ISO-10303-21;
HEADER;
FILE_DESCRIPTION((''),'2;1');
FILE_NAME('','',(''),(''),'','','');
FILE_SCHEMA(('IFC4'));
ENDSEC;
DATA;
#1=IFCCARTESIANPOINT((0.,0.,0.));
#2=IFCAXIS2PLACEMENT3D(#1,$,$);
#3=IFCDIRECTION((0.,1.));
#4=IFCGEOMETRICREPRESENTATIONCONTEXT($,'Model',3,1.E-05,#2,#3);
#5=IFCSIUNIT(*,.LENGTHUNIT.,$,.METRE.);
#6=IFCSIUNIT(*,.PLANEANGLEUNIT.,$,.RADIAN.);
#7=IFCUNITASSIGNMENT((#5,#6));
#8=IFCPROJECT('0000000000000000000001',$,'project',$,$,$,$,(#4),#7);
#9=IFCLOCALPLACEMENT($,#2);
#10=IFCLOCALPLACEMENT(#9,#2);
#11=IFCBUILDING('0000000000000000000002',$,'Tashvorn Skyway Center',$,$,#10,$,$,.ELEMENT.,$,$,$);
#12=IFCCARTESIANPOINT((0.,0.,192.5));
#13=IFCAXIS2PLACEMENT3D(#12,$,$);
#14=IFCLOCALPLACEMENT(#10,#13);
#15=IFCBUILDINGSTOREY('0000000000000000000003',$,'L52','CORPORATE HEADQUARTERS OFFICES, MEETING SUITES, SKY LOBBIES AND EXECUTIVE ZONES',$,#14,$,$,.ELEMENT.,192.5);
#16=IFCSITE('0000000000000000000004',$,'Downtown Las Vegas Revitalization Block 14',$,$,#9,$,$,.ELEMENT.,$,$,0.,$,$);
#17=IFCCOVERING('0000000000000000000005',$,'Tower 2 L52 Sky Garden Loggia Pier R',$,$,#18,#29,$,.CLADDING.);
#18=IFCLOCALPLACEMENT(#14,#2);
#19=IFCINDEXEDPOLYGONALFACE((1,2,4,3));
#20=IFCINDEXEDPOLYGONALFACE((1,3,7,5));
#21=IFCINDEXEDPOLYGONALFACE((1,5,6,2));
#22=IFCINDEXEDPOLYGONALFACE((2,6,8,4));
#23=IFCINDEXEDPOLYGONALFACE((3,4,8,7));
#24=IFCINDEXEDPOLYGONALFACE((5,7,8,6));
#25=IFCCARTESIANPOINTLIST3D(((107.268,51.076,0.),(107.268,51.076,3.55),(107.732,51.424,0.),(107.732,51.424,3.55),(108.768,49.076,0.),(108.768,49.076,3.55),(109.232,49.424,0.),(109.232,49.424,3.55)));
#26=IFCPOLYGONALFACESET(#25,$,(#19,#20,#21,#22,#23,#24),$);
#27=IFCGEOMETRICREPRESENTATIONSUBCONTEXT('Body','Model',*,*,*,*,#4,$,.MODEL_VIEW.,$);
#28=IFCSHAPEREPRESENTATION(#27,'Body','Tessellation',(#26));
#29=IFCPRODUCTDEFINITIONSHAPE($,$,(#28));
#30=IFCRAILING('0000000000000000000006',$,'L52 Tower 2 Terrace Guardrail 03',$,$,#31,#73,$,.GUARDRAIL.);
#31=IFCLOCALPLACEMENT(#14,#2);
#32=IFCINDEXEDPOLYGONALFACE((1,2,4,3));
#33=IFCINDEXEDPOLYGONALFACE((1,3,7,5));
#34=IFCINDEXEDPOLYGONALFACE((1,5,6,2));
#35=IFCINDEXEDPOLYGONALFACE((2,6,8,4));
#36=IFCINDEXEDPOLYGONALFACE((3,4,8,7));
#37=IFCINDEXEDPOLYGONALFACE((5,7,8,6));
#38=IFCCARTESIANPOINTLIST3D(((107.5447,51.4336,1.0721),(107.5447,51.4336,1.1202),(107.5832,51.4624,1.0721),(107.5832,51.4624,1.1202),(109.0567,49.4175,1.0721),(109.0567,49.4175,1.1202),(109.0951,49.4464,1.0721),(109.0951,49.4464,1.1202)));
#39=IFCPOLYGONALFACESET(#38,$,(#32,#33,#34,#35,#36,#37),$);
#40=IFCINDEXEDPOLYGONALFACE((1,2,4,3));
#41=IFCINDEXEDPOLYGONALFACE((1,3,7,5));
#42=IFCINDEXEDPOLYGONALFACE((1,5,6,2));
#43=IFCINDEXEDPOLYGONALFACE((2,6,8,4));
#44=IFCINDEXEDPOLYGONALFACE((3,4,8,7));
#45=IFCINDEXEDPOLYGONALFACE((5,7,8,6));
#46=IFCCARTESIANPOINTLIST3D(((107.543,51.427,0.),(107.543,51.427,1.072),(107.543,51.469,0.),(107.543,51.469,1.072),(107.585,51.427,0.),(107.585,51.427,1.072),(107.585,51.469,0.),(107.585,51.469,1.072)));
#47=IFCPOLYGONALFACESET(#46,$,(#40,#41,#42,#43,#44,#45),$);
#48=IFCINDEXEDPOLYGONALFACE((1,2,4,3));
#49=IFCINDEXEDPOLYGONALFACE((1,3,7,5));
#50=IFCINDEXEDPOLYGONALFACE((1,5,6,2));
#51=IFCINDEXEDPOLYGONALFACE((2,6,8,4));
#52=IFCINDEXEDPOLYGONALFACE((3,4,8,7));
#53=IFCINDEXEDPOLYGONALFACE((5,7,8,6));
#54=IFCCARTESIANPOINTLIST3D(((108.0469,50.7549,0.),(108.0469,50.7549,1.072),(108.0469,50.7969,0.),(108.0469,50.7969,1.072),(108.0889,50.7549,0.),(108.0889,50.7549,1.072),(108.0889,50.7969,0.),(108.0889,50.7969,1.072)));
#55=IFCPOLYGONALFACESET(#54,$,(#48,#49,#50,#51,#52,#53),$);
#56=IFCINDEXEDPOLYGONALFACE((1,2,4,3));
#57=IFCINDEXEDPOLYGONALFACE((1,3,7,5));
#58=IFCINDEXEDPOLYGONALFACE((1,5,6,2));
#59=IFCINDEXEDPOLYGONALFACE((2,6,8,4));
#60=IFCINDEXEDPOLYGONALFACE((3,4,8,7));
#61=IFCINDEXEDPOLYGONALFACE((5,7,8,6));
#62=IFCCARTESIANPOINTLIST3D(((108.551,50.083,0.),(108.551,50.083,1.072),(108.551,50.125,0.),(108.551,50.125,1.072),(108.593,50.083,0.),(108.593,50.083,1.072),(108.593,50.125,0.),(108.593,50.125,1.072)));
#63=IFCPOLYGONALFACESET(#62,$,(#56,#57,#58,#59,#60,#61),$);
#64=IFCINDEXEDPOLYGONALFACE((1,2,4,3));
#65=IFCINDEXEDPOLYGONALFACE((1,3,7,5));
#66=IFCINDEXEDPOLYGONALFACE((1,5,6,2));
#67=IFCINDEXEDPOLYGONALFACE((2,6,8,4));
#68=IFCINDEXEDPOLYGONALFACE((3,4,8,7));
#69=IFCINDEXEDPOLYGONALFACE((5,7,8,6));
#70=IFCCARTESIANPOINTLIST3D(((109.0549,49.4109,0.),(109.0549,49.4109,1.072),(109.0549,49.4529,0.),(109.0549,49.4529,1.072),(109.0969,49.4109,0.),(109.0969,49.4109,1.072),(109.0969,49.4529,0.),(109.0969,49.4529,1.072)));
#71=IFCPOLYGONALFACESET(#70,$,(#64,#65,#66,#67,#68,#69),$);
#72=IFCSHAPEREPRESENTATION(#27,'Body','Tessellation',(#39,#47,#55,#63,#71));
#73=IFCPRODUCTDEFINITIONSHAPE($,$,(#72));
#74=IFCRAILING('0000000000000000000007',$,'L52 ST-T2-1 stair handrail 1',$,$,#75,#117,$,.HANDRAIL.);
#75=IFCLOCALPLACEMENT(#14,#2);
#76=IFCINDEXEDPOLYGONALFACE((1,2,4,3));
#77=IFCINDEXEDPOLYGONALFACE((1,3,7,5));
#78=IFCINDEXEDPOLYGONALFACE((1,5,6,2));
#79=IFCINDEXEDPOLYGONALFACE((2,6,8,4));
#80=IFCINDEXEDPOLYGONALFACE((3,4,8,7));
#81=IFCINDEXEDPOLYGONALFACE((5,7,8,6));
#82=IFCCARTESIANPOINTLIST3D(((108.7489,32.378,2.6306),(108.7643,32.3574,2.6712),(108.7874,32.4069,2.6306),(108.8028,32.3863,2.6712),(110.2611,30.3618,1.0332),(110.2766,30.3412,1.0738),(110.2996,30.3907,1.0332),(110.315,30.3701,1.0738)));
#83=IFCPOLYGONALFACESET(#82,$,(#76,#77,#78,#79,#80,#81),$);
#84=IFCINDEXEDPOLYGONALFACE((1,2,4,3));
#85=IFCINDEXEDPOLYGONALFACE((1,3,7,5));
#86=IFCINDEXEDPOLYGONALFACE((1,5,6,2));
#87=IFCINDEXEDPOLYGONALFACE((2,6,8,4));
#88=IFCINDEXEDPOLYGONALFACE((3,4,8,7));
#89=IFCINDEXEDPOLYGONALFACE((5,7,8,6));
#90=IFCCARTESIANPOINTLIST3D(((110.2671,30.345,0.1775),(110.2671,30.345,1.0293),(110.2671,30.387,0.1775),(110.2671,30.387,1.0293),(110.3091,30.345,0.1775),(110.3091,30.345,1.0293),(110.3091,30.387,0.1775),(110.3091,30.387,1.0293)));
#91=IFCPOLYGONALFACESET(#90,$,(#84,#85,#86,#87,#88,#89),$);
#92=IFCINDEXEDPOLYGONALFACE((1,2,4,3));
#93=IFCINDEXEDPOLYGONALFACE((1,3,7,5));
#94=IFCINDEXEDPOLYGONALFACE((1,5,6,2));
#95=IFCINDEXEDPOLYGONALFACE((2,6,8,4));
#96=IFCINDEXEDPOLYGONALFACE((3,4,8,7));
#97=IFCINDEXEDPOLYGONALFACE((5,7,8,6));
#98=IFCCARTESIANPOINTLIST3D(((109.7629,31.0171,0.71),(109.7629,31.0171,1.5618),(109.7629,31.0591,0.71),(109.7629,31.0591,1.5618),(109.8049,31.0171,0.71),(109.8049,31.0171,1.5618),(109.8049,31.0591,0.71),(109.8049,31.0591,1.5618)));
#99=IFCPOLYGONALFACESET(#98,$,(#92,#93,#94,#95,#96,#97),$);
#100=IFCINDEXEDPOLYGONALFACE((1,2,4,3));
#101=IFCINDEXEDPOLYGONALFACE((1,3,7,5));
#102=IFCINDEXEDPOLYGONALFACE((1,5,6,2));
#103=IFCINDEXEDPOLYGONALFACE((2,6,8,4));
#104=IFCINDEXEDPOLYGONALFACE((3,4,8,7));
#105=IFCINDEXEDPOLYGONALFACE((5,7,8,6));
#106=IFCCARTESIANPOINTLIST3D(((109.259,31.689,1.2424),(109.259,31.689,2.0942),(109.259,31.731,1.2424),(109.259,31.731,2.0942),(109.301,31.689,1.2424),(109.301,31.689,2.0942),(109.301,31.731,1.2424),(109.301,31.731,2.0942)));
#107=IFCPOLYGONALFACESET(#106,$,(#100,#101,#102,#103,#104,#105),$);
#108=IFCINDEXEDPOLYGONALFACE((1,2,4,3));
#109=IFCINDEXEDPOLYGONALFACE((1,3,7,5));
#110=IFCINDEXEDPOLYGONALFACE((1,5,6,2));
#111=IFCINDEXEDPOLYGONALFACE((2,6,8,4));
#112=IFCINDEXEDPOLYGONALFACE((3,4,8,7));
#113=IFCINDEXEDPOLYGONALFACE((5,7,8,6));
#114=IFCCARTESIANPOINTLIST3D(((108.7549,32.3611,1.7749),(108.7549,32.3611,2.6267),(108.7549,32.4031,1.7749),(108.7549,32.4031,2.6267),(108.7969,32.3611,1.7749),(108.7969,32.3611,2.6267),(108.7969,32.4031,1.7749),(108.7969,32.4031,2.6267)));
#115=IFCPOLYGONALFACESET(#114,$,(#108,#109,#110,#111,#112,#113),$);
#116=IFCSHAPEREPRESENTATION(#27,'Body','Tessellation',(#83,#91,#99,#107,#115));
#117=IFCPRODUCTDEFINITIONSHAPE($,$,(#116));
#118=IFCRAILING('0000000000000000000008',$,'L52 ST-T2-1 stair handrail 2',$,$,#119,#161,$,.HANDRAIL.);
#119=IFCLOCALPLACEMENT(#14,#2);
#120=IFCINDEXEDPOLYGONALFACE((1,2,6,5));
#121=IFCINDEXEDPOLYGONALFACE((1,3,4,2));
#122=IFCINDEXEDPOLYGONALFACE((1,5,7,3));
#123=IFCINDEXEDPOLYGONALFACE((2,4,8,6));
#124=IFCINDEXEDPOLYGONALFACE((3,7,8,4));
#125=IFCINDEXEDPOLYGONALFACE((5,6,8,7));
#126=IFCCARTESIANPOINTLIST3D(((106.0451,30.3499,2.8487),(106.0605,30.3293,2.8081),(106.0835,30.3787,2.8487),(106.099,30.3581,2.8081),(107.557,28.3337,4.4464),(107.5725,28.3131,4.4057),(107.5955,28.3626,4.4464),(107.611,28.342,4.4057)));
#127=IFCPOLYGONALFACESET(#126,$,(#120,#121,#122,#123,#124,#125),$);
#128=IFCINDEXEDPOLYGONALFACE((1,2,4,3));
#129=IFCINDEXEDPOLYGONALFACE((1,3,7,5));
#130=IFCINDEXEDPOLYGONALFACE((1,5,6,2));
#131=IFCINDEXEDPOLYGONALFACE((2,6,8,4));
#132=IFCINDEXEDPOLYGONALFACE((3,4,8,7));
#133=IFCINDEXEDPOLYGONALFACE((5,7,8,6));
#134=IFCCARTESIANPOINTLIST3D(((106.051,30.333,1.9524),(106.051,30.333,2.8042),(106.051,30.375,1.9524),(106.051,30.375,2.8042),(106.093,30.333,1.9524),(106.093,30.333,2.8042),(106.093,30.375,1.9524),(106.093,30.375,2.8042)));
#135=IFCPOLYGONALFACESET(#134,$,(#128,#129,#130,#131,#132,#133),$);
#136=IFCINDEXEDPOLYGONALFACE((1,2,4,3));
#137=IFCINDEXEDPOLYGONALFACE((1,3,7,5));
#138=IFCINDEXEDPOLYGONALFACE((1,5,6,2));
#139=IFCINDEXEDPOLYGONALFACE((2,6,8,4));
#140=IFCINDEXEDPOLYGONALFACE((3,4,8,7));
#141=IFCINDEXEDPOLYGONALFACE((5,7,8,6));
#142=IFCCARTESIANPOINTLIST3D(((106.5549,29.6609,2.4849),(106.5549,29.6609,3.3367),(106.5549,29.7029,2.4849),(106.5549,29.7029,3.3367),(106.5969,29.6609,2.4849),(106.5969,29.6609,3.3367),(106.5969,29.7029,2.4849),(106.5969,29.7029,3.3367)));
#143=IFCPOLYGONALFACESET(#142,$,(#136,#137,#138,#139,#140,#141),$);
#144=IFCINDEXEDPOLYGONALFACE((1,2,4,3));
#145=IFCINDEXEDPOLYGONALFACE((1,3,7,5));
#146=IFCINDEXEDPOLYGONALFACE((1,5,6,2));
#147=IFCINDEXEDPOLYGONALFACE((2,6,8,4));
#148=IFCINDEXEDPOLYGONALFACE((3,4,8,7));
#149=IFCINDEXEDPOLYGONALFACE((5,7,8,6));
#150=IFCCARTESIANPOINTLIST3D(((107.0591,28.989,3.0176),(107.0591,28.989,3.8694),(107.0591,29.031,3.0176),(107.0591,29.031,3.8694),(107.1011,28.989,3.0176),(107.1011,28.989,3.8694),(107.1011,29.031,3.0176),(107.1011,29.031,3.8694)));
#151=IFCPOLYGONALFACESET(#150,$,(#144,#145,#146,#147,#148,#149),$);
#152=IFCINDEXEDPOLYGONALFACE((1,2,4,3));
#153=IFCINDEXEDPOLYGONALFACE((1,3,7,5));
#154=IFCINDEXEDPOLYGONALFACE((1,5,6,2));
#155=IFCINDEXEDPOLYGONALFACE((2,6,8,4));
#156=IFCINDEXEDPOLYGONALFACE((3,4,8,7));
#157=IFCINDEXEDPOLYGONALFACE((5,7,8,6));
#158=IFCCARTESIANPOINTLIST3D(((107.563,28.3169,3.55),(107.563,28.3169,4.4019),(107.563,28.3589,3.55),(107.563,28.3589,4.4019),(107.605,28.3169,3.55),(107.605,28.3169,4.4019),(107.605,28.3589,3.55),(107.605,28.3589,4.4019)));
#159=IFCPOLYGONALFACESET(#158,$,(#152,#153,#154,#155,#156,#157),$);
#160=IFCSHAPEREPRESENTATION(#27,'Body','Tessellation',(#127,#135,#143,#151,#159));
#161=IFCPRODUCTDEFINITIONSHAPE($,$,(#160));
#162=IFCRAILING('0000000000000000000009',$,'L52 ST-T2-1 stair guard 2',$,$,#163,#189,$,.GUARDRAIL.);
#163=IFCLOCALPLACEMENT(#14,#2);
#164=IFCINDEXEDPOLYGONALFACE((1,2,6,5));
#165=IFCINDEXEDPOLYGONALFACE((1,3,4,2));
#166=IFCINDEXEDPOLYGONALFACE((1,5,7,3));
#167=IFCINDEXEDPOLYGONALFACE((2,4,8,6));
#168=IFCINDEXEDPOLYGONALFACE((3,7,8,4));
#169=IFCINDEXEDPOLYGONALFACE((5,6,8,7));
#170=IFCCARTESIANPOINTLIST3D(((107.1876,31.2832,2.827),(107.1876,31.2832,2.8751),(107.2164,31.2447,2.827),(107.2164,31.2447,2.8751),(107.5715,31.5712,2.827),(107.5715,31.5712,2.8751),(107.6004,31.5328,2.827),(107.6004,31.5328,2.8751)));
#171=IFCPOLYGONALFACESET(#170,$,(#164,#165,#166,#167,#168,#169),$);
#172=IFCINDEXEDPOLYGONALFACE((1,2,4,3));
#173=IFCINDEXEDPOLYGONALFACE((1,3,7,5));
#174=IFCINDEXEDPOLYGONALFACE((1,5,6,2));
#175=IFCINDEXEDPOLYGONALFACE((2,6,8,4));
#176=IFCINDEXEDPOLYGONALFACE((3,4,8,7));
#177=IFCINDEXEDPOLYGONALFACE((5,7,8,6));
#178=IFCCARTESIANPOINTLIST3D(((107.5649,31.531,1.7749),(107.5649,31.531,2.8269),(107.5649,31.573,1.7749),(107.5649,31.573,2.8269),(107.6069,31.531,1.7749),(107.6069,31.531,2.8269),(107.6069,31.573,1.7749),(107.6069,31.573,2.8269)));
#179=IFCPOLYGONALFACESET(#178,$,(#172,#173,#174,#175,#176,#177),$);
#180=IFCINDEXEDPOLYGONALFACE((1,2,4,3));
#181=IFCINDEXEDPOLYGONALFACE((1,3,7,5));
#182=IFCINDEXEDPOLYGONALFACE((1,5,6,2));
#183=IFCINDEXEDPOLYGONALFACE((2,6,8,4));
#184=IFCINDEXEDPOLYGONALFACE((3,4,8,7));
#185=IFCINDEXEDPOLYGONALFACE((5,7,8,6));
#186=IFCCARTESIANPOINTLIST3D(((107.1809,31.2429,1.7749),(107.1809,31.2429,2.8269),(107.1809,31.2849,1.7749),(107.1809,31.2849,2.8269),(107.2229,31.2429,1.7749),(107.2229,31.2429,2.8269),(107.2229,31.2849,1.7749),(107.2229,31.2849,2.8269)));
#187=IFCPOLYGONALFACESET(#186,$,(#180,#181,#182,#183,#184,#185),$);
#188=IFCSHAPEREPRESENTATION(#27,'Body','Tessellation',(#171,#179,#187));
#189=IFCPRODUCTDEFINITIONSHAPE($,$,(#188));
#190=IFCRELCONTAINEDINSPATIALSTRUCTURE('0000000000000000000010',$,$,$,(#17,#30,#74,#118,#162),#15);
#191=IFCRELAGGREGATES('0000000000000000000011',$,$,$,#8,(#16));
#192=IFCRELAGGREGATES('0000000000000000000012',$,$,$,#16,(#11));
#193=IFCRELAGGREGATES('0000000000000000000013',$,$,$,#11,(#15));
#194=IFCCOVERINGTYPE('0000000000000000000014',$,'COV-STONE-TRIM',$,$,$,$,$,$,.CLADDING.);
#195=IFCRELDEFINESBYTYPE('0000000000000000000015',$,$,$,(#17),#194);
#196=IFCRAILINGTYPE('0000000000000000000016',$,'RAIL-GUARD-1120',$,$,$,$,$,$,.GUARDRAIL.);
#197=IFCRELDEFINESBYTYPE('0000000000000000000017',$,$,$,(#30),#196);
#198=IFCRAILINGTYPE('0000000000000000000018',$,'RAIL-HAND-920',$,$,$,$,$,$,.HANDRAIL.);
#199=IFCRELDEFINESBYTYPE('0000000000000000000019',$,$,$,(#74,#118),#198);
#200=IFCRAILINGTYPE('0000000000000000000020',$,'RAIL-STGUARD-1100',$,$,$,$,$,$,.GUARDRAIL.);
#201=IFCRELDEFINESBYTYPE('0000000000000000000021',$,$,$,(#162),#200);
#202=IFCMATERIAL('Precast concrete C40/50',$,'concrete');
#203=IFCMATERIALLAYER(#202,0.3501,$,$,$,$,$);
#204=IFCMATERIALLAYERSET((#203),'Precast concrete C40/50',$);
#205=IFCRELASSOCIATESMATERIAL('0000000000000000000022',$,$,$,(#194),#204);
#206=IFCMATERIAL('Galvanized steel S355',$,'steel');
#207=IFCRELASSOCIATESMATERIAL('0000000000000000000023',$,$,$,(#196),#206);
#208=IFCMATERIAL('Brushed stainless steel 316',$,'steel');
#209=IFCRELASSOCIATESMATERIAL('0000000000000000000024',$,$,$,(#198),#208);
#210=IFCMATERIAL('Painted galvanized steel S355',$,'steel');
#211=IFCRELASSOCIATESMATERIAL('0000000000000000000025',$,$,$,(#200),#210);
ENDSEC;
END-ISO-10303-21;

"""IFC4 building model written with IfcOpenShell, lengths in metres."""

from ifc_helpers import new_model, si_unit, direction, frame, origin, origin_2d, place, context, subcontext, project, spatial, rectangle, extrude, material, layer, layer_set, type_object, element, save


model = new_model("IFC4")

# Units and contexts
model_context = context("Model", 3, precision=1e-05, world=origin(), true_north=direction((0.0, 1.0)))
body_context = subcontext(model_context, "Body", "Model", "MODEL_VIEW")
ifc_project = project(units=[si_unit("LENGTHUNIT", "METRE"), si_unit("PLANEANGLEUNIT", "RADIAN")], contexts=[model_context])

# Site, building, storey
site_placement = place(None, origin())
site = spatial("IfcSite", under=ifc_project, at=site_placement, Name="Downtown Las Vegas Revitalization Block 14", CompositionType="ELEMENT", RefElevation=0.0)
building_placement = place(site_placement, origin())
building = spatial("IfcBuilding", under=site, at=building_placement, Name="Tashvorn Skyway Center", CompositionType="ELEMENT")
storey_placement = place(building_placement, frame((0.0, 0.0, 192.5)))
storey = spatial("IfcBuildingStorey", under=building, at=storey_placement, Name="L52", Description="CORPORATE HEADQUARTERS OFFICES, MEETING SUITES, SKY LOBBIES AND EXECUTIVE ZONES", CompositionType="ELEMENT", Elevation=192.5)

# Covering
ifc_material_1 = material(Name="Precast concrete C40/50", Category="concrete")
ifc_layer_1 = layer(ifc_material_1, 0.3501)
ifc_layer_set_1 = layer_set([ifc_layer_1], Name="Precast concrete C40/50")
covering_type_1 = type_object("IfcCoveringType", Name="COV-STONE-TRIM", PredefinedType="CLADDING", material=ifc_layer_set_1)
covering_placement = place(storey_placement, frame((108.25, 50.25, 0.0), z_axis=(0.0, 0.0, 1.0), x_axis=(0.8, 0.6, 0.0)))
element("IfcCovering", 1, at=covering_placement, inside=storey, type_object=covering_type_1, Name="Tower 2 L52 Sky Garden Loggia Pier R", PredefinedType="CLADDING", context=body_context, shape_type="SweptSolid", body=[
    extrude(rectangle(XDim=0.5801, YDim=2.5, at=origin_2d()), origin(), (0.0, 0.0, 1.0), 3.55),
])

# Railings
ifc_material_2 = material(Name="Galvanized steel S355", Category="steel")
railing_type_1 = type_object("IfcRailingType", Name="RAIL-GUARD-1120", PredefinedType="GUARDRAIL", material=ifc_material_2)
railing_1_placement = place(storey_placement, frame((107.564, 51.448, 0.0)))
element("IfcRailing", 2, at=railing_1_placement, inside=storey, type_object=railing_type_1, Name="L52 Tower 2 Terrace Guardrail 03", PredefinedType="GUARDRAIL", context=body_context, shape_type="SweptSolid", body=[
    extrude(rectangle(XDim=0.0481, YDim=0.0481, at=origin_2d()), frame((0.0, 0.0, 1.0962), z_axis=(0.599969, -0.800023, 0.0), x_axis=(0.800023, 0.599969, 0.0)), (0.0, 0.0, 1.0), 2.52),
    extrude(rectangle(XDim=0.042, YDim=0.042, at=origin_2d()), origin(), (0.0, 0.0, 1.0), 1.072),
    extrude(rectangle(XDim=0.042, YDim=0.042, at=origin_2d()), frame((0.5039, -0.6721, 0.0)), (0.0, 0.0, 1.0), 1.072),
    extrude(rectangle(XDim=0.042, YDim=0.042, at=origin_2d()), frame((1.0081, -1.344, 0.0)), (0.0, 0.0, 1.0), 1.072),
    extrude(rectangle(XDim=0.042, YDim=0.042, at=origin_2d()), frame((1.512, -2.0161, 0.0)), (0.0, 0.0, 1.0), 1.072),
])
ifc_material_3 = material(Name="Brushed stainless steel 316", Category="steel")
railing_type_2 = type_object("IfcRailingType", Name="RAIL-HAND-920", PredefinedType="HANDRAIL", material=ifc_material_3)
railing_2_placement = place(storey_placement, frame((110.2881, 30.366, 0.1775)))
element("IfcRailing", 3, at=railing_2_placement, inside=storey, type_object=railing_type_2, Name="L52 ST-T2-1 stair handrail 1", PredefinedType="HANDRAIL", context=body_context, shape_type="SweptSolid", body=[
    extrude(rectangle(XDim=0.0481, YDim=0.0481, at=origin_2d()), frame((0.0, 0.0, 0.876), z_axis=(-0.506802, 0.675681, 0.535357), x_axis=(-0.799977, -0.600031, 0.0)), (0.0, 0.0, 1.0), 2.9839),
    extrude(rectangle(XDim=0.042, YDim=0.042, at=origin_2d()), origin(), (0.0, 0.0, 1.0), 0.8518),
    extrude(rectangle(XDim=0.042, YDim=0.042, at=origin_2d()), frame((-0.5042, 0.6721, 0.5325)), (0.0, 0.0, 1.0), 0.8518),
    extrude(rectangle(XDim=0.042, YDim=0.042, at=origin_2d()), frame((-1.0081, 1.344, 1.0649)), (0.0, 0.0, 1.0), 0.8518),
    extrude(rectangle(XDim=0.042, YDim=0.042, at=origin_2d()), frame((-1.5122, 2.0161, 1.5974)), (0.0, 0.0, 1.0), 0.8518),
])
railing_3_placement = place(storey_placement, frame((106.072, 30.354, 1.9524)))
element("IfcRailing", 4, at=railing_3_placement, inside=storey, type_object=railing_type_2, Name="L52 ST-T2-1 stair handrail 2", PredefinedType="HANDRAIL", context=body_context, shape_type="SweptSolid", body=[
    extrude(rectangle(XDim=0.0481, YDim=0.0481, at=origin_2d()), frame((0.0, 0.0, 0.876), z_axis=(0.506719, -0.675679, 0.535438), x_axis=(0.800023, 0.599969, 0.0)), (0.0, 0.0, 1.0), 2.9839),
    extrude(rectangle(XDim=0.042, YDim=0.042, at=origin_2d()), origin(), (0.0, 0.0, 1.0), 0.8518),
    extrude(rectangle(XDim=0.042, YDim=0.042, at=origin_2d()), frame((0.5039, -0.6721, 0.5325)), (0.0, 0.0, 1.0), 0.8518),
    extrude(rectangle(XDim=0.042, YDim=0.042, at=origin_2d()), frame((1.0081, -1.344, 1.0652)), (0.0, 0.0, 1.0), 0.8518),
    extrude(rectangle(XDim=0.042, YDim=0.042, at=origin_2d()), frame((1.512, -2.0161, 1.5977)), (0.0, 0.0, 1.0), 0.8518),
])
ifc_material_4 = material(Name="Painted galvanized steel S355", Category="steel")
railing_type_3 = type_object("IfcRailingType", Name="RAIL-STGUARD-1100", PredefinedType="GUARDRAIL", material=ifc_material_4)
railing_4_placement = place(storey_placement, frame((107.5859, 31.552, 1.7749)))
element("IfcRailing", 5, at=railing_4_placement, inside=storey, type_object=railing_type_3, Name="L52 ST-T2-1 stair guard 2", PredefinedType="GUARDRAIL", context=body_context, shape_type="SweptSolid", body=[
    extrude(rectangle(XDim=0.0481, YDim=0.0481, at=origin_2d()), frame((0.0, 0.0, 1.0762), z_axis=(-0.799939, -0.600081, 0.0), x_axis=(0.600081, -0.799939, 0.0)), (0.0, 0.0, 1.0), 0.48),
    extrude(rectangle(XDim=0.042, YDim=0.042, at=origin_2d()), origin(), (0.0, 0.0, 1.0), 1.052),
    extrude(rectangle(XDim=0.042, YDim=0.042, at=origin_2d()), frame((-0.384, -0.2881, 0.0)), (0.0, 0.0, 1.0), 1.052),
])

save(model, "model.ifc")
